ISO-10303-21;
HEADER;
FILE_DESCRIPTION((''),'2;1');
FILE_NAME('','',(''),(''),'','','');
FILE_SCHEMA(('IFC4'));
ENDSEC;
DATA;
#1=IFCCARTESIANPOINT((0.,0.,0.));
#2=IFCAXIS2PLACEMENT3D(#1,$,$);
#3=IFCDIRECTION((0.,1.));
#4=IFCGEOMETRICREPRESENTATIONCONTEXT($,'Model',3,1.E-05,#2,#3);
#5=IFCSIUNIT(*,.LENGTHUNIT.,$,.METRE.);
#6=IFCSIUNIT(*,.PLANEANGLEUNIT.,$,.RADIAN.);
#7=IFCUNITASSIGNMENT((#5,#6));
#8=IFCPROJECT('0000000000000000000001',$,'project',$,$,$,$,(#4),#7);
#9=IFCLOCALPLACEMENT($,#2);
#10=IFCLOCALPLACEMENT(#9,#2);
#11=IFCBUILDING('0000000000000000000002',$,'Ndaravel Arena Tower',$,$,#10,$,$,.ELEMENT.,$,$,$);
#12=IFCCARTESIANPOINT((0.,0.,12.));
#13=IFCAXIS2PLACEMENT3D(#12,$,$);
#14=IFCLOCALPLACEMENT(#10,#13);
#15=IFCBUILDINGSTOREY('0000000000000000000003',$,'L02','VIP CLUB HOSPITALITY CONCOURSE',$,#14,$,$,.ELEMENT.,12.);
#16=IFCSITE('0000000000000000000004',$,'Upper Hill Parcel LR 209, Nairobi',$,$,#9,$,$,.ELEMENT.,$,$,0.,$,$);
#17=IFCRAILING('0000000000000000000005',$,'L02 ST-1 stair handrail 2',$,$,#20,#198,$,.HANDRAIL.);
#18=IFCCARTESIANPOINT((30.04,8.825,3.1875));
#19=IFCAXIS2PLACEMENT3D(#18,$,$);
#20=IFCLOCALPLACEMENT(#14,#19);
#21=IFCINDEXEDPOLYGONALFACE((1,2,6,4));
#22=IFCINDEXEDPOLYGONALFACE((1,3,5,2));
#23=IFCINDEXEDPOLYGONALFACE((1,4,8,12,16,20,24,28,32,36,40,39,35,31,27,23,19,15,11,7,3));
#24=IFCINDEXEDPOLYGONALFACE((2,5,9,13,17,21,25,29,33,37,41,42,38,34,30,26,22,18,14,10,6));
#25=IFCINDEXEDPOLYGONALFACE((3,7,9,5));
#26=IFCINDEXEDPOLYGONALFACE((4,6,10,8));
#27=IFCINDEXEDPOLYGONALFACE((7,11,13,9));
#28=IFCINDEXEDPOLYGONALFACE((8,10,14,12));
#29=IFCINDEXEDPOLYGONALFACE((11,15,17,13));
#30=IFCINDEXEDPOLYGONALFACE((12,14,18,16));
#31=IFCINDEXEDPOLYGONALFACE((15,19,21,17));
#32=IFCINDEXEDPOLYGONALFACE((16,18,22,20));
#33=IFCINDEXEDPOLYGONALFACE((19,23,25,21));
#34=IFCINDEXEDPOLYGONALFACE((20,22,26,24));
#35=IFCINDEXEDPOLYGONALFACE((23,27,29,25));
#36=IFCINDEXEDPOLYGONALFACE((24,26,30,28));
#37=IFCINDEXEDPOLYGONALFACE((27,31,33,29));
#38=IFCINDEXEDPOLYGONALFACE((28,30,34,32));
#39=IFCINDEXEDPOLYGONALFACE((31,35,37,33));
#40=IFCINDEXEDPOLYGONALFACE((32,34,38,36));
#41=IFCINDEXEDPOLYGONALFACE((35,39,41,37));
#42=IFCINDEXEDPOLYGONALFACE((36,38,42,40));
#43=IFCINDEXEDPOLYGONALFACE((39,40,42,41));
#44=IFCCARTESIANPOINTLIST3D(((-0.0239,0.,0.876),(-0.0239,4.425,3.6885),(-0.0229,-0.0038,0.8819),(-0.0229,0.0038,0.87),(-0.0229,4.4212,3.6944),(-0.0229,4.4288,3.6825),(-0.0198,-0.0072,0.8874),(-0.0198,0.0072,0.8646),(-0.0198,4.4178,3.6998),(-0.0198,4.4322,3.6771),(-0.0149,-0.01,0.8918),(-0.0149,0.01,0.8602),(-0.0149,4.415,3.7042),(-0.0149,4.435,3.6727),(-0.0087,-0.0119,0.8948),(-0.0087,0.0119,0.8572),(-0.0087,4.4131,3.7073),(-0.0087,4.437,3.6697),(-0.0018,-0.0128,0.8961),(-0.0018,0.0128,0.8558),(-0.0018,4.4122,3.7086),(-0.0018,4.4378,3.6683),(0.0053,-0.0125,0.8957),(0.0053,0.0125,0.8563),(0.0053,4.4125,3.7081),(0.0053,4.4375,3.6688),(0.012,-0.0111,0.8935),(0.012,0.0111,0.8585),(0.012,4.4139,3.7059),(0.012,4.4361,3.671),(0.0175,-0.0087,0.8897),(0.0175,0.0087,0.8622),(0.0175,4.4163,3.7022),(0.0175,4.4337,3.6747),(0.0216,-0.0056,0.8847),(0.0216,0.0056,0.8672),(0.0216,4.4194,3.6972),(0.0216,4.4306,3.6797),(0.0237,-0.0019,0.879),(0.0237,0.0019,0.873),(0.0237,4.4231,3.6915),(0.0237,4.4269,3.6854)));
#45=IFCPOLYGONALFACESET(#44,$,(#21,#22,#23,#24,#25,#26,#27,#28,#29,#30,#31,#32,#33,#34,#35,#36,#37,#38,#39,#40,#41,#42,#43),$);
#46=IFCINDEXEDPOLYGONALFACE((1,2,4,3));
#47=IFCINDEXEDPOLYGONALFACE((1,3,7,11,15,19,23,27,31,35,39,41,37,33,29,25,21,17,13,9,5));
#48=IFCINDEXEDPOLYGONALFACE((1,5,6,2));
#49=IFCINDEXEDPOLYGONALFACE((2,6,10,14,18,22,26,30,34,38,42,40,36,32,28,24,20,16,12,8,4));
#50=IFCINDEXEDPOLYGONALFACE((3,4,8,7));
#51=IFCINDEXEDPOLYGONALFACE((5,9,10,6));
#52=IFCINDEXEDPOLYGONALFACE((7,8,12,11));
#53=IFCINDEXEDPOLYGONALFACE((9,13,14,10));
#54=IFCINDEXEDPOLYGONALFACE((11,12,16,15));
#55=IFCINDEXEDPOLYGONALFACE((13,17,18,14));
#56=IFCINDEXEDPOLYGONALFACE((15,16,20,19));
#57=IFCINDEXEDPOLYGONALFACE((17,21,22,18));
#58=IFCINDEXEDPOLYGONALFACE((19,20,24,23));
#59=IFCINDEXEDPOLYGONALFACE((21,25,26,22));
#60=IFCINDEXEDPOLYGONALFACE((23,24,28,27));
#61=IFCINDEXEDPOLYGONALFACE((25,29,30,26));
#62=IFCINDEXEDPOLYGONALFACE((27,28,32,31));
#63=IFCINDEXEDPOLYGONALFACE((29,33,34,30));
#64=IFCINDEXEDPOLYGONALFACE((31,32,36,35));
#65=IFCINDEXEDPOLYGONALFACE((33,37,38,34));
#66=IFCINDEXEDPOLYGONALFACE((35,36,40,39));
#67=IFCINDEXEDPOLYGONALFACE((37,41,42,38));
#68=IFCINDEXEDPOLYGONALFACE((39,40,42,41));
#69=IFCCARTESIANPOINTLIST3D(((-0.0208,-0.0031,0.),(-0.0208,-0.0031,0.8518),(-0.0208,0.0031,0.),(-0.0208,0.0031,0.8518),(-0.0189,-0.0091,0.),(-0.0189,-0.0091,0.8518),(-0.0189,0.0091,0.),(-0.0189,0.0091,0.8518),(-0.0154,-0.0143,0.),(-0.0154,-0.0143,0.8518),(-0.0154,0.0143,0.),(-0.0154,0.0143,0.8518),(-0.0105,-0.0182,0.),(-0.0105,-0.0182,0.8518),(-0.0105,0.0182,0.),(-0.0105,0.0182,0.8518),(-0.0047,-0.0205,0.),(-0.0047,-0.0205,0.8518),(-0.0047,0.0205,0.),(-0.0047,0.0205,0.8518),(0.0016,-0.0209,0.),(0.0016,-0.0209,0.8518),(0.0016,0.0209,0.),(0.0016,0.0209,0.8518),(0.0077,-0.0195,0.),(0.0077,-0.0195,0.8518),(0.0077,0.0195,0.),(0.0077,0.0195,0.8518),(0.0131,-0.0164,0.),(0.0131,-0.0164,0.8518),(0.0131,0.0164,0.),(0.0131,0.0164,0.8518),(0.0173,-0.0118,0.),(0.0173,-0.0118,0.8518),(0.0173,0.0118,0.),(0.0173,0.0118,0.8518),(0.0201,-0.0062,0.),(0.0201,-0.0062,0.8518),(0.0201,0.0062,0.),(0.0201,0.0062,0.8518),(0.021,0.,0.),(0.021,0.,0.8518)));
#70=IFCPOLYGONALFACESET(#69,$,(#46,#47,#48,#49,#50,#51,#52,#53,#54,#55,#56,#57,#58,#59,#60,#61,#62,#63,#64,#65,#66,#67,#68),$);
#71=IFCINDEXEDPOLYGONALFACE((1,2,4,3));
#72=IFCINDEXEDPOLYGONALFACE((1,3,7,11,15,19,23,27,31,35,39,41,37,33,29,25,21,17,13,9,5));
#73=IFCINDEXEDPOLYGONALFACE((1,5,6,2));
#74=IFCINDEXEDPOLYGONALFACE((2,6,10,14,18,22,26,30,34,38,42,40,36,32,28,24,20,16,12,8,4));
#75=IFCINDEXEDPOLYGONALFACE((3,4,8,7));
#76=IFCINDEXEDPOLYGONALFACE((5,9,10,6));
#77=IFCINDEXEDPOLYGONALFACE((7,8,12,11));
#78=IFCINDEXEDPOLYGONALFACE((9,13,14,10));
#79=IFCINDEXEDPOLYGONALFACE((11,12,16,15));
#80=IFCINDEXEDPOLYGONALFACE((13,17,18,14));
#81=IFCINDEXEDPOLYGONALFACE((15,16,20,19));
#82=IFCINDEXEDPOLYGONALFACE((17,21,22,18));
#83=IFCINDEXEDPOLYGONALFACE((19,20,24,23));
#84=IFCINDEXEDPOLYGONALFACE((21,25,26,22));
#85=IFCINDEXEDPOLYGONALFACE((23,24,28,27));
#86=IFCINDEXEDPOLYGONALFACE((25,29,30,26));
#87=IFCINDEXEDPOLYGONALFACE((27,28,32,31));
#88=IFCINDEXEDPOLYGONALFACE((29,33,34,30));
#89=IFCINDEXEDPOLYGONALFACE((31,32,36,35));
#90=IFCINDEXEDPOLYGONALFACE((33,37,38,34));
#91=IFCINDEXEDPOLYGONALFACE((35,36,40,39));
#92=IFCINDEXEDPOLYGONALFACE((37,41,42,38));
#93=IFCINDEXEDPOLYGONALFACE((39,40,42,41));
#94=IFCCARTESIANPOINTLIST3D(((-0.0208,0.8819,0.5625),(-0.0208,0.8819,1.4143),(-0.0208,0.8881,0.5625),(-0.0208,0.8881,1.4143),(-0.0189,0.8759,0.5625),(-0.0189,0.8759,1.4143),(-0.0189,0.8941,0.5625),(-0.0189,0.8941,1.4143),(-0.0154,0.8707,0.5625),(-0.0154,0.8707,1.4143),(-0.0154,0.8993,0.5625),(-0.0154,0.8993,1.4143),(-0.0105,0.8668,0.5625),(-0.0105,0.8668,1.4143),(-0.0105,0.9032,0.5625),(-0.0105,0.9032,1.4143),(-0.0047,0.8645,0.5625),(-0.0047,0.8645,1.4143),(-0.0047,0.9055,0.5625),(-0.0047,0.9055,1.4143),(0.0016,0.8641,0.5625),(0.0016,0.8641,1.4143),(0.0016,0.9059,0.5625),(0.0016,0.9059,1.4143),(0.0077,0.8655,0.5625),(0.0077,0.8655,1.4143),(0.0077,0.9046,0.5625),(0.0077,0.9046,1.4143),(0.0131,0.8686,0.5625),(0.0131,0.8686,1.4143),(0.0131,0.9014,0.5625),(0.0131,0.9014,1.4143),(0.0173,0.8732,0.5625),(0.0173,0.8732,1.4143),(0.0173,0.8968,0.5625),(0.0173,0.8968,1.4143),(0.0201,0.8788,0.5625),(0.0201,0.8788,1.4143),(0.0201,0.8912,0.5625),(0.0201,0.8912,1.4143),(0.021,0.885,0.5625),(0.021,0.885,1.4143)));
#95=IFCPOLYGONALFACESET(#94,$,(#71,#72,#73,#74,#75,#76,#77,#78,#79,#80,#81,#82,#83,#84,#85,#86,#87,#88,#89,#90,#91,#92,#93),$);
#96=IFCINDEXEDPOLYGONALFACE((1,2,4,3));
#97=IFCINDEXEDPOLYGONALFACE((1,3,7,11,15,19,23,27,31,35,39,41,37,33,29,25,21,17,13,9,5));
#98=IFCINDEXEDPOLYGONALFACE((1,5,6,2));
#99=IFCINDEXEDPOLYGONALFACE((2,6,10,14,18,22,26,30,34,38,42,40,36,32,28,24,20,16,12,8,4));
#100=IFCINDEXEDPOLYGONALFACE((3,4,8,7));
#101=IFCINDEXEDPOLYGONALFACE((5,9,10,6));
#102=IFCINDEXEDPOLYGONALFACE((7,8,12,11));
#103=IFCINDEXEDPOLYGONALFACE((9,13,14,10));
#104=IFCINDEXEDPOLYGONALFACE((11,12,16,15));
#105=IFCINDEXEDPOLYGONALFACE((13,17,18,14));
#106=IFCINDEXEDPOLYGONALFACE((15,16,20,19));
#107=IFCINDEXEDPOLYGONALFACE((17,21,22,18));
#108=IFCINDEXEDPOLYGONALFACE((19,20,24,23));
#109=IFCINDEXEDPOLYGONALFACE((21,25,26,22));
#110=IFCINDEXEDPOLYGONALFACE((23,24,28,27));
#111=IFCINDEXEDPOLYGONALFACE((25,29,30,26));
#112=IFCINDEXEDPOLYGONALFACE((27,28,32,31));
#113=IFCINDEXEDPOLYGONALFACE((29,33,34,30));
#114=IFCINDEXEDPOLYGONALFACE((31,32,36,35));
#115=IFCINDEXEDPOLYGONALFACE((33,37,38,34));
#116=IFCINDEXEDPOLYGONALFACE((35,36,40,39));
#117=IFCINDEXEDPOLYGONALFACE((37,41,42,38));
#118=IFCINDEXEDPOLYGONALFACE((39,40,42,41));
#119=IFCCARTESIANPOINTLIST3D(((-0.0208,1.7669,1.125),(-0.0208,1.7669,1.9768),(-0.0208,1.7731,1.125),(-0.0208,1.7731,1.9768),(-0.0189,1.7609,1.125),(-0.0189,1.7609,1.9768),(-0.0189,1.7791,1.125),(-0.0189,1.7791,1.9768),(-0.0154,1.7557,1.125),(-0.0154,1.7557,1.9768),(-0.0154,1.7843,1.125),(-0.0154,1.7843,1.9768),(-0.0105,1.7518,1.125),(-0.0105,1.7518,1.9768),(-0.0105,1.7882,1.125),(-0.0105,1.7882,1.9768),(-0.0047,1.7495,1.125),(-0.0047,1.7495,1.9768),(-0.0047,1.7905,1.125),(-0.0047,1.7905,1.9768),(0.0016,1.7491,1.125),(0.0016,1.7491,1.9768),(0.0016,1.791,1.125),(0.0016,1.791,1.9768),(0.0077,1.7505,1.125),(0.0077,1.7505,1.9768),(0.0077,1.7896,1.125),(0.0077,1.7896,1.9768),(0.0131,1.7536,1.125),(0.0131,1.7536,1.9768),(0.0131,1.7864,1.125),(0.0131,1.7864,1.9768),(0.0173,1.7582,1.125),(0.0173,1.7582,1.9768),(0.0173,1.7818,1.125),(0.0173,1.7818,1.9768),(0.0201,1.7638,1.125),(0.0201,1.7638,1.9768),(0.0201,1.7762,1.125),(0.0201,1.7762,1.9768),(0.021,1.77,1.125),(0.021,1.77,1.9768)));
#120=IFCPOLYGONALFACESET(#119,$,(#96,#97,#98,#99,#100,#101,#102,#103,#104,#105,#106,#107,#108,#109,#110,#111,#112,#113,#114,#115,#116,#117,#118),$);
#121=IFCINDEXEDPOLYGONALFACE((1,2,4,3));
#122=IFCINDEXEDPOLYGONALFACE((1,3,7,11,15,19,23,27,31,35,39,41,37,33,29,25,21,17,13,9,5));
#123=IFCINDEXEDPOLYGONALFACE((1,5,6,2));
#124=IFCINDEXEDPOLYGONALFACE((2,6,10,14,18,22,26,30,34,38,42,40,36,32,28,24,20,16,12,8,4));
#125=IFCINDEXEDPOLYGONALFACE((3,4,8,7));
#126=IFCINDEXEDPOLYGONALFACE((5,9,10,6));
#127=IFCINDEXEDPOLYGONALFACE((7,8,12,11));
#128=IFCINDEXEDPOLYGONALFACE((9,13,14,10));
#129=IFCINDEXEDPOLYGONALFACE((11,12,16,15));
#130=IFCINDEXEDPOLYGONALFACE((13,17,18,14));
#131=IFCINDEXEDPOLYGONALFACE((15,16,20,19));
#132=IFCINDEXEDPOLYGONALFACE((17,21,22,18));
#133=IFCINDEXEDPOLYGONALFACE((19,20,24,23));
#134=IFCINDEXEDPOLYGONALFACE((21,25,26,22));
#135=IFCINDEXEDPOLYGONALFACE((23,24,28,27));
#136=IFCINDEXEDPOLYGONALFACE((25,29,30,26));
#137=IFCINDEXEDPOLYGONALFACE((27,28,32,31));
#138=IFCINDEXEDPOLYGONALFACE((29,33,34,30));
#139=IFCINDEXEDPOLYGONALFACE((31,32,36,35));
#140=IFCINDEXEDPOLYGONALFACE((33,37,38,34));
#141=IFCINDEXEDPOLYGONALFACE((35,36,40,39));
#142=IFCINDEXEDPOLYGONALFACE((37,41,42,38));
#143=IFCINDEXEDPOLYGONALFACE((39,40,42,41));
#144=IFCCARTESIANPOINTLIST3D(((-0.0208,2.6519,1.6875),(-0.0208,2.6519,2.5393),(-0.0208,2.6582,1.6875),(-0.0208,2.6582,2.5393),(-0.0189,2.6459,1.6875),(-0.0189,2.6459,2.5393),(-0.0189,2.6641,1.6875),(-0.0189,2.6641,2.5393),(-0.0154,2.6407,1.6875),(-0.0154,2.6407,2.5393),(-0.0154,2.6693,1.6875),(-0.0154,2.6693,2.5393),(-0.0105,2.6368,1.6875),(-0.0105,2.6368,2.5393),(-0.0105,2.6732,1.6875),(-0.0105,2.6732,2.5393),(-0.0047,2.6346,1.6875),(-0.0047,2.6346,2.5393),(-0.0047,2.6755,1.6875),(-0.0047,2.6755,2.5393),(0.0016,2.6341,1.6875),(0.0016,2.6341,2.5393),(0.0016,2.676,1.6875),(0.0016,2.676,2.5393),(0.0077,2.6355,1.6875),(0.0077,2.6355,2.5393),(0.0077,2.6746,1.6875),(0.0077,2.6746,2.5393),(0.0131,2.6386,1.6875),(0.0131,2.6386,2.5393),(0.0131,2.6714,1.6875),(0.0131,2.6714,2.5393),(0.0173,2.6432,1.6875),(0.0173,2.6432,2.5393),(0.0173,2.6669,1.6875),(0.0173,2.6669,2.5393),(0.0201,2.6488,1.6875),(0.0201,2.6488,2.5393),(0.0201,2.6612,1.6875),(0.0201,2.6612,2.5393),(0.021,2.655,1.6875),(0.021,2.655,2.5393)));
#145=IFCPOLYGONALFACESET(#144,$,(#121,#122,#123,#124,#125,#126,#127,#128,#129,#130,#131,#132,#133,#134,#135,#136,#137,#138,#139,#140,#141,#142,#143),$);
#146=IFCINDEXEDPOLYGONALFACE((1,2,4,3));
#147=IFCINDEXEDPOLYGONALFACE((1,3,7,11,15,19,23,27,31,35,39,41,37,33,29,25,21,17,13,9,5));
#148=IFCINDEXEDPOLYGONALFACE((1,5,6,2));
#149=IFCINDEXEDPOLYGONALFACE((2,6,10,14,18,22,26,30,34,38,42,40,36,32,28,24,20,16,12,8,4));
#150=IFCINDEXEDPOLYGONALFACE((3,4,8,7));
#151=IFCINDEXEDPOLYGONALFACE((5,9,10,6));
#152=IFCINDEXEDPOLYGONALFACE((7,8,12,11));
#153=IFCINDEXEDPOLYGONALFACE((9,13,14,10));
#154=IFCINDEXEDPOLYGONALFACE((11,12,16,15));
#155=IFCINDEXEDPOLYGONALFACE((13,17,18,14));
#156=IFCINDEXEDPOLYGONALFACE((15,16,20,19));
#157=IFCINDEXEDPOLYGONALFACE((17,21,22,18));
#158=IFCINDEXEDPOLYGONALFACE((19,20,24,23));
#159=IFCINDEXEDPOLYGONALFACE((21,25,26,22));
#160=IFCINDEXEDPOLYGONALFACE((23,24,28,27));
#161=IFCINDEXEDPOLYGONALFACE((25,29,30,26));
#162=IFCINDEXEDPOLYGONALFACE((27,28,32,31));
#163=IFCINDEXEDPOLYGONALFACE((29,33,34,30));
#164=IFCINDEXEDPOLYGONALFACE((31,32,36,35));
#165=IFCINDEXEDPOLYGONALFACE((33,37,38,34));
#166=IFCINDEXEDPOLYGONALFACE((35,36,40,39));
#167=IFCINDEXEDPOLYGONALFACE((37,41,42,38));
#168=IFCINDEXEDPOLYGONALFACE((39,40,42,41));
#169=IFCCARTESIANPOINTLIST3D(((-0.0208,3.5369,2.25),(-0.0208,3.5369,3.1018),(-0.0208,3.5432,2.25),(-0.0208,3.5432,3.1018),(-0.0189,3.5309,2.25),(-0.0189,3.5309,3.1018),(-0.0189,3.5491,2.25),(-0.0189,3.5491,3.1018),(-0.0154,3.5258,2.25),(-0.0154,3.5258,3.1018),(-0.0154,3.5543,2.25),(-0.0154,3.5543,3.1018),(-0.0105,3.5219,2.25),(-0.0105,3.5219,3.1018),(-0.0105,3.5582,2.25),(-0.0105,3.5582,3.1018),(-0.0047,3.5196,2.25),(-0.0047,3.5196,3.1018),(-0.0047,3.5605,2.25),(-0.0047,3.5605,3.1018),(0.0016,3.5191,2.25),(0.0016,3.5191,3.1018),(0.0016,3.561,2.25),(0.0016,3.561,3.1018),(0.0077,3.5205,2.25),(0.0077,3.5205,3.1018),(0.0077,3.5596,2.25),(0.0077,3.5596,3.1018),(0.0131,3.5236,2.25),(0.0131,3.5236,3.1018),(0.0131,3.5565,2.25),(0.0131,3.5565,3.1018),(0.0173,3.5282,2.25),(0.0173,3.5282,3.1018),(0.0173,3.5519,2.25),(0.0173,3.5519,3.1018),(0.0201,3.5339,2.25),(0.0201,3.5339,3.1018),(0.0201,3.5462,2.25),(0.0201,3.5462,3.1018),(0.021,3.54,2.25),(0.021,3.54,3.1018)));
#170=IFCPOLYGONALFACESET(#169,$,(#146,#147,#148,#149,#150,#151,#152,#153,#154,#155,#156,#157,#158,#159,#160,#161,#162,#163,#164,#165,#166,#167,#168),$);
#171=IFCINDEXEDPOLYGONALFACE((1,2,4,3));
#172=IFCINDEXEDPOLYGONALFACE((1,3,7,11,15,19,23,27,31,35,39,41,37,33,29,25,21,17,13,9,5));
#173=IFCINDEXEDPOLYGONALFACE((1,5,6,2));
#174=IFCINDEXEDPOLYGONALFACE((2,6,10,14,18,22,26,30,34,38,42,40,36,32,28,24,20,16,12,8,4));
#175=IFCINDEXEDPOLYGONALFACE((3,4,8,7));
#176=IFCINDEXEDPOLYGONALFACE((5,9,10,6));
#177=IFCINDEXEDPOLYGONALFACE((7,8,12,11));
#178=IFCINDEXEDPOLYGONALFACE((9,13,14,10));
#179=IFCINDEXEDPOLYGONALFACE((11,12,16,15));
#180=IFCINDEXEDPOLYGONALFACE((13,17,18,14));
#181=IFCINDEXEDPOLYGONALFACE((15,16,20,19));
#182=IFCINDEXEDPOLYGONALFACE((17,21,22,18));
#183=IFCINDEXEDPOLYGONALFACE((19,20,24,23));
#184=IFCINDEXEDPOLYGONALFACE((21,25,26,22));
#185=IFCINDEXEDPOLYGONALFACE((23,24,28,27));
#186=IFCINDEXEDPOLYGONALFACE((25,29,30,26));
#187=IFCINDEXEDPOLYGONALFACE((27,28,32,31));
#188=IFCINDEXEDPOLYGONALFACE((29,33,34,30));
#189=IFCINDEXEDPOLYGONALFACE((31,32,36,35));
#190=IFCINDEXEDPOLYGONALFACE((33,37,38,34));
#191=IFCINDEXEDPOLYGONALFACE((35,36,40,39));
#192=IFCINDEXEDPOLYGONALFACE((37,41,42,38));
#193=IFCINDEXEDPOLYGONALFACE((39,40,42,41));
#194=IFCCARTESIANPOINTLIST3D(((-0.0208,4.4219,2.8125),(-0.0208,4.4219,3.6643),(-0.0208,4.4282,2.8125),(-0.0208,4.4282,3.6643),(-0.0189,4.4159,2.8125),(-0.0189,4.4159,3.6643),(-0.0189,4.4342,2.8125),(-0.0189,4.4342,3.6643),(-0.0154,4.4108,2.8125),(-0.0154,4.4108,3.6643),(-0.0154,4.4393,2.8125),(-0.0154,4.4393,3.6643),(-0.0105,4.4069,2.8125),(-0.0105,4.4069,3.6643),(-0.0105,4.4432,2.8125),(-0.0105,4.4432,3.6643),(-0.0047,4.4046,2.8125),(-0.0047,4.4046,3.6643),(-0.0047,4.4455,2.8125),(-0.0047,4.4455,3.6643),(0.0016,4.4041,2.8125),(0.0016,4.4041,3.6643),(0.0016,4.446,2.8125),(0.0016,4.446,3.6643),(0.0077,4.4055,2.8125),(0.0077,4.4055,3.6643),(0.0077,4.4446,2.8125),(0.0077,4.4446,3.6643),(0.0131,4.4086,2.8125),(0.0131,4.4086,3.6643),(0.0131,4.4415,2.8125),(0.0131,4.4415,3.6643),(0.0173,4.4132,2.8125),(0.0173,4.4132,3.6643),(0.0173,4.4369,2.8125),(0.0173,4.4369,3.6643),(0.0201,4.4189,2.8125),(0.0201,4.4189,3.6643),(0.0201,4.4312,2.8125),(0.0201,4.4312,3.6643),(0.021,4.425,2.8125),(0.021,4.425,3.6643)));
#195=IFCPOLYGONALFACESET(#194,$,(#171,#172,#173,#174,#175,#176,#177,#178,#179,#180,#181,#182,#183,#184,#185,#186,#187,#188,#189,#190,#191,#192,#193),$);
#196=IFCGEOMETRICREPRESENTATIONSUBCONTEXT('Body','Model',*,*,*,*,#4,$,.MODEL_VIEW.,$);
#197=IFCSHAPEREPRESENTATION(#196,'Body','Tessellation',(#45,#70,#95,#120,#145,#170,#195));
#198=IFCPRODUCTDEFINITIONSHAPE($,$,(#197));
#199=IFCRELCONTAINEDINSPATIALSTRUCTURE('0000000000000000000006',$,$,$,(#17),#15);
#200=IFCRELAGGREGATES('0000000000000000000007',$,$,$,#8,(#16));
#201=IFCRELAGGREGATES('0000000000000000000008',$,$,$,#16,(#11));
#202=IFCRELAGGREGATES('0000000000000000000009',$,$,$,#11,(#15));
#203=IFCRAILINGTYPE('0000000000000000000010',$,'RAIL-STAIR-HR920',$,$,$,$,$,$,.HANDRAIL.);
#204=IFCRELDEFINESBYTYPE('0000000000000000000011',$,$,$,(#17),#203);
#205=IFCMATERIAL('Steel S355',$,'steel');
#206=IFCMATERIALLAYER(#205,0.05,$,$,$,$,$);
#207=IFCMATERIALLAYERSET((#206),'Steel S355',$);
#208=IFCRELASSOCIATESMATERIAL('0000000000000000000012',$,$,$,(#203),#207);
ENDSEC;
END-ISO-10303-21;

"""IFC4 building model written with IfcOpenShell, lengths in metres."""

from ifc_helpers import new_model, si_unit, direction, frame, origin, origin_2d, place, context, subcontext, project, spatial, circle, extrude, material, layer, layer_set, type_object, element, save


model = new_model("IFC4")

# Units and contexts
model_context = context("Model", 3, precision=1e-05, world=origin(), true_north=direction((0.0, 1.0)))
body_context = subcontext(model_context, "Body", "Model", "MODEL_VIEW")
ifc_project = project(units=[si_unit("LENGTHUNIT", "METRE"), si_unit("PLANEANGLEUNIT", "RADIAN")], contexts=[model_context])

# Site, building, storey
site_placement = place(None, origin())
site = spatial("IfcSite", under=ifc_project, at=site_placement, Name="Upper Hill Parcel LR 209, Nairobi", CompositionType="ELEMENT", RefElevation=0.0)
building_placement = place(site_placement, origin())
building = spatial("IfcBuilding", under=site, at=building_placement, Name="Ndaravel Arena Tower", CompositionType="ELEMENT")
storey_placement = place(building_placement, frame((0.0, 0.0, 12.0)))
storey = spatial("IfcBuildingStorey", under=building, at=storey_placement, Name="L02", Description="VIP CLUB HOSPITALITY CONCOURSE", CompositionType="ELEMENT", Elevation=12.0)

# Railing
ifc_material_1 = material(Name="Steel S355", Category="steel")
ifc_layer_1 = layer(ifc_material_1, 0.05)
ifc_layer_set_1 = layer_set([ifc_layer_1], Name="Steel S355")
railing_type_1 = type_object("IfcRailingType", Name="RAIL-STAIR-HR920", PredefinedType="HANDRAIL", material=ifc_layer_set_1)
railing_1_placement = place(storey_placement, frame((30.04, 8.825, 3.1875)))
element("IfcRailing", 1, at=railing_1_placement, inside=storey, type_object=railing_type_1, Name="L02 ST-1 stair handrail 2", PredefinedType="HANDRAIL", context=body_context, shape_type="SweptSolid", body=[
    extrude(circle(Radius=0.0239, at=origin_2d()), frame((0.0, 0.0, 0.876), z_axis=(0.0, 0.843959, 0.536408), x_axis=(-1.0, 0.0, 0.0)), (0.0, 0.0, 1.0), 5.2432),
    extrude(circle(Radius=0.021, at=origin_2d()), origin(), (0.0, 0.0, 1.0), 0.8518),
    extrude(circle(Radius=0.021, at=origin_2d()), frame((0.0, 0.885, 0.5625)), (0.0, 0.0, 1.0), 0.8518),
    extrude(circle(Radius=0.021, at=origin_2d()), frame((0.0, 1.77, 1.125)), (0.0, 0.0, 1.0), 0.8518),
    extrude(circle(Radius=0.021, at=origin_2d()), frame((0.0, 2.655, 1.6875)), (0.0, 0.0, 1.0), 0.8518),
    extrude(circle(Radius=0.021, at=origin_2d()), frame((0.0, 3.54, 2.25)), (0.0, 0.0, 1.0), 0.8518),
    extrude(circle(Radius=0.021, at=origin_2d()), frame((0.0, 4.425, 2.8125)), (0.0, 0.0, 1.0), 0.8518),
])

save(model, "model.ifc")
